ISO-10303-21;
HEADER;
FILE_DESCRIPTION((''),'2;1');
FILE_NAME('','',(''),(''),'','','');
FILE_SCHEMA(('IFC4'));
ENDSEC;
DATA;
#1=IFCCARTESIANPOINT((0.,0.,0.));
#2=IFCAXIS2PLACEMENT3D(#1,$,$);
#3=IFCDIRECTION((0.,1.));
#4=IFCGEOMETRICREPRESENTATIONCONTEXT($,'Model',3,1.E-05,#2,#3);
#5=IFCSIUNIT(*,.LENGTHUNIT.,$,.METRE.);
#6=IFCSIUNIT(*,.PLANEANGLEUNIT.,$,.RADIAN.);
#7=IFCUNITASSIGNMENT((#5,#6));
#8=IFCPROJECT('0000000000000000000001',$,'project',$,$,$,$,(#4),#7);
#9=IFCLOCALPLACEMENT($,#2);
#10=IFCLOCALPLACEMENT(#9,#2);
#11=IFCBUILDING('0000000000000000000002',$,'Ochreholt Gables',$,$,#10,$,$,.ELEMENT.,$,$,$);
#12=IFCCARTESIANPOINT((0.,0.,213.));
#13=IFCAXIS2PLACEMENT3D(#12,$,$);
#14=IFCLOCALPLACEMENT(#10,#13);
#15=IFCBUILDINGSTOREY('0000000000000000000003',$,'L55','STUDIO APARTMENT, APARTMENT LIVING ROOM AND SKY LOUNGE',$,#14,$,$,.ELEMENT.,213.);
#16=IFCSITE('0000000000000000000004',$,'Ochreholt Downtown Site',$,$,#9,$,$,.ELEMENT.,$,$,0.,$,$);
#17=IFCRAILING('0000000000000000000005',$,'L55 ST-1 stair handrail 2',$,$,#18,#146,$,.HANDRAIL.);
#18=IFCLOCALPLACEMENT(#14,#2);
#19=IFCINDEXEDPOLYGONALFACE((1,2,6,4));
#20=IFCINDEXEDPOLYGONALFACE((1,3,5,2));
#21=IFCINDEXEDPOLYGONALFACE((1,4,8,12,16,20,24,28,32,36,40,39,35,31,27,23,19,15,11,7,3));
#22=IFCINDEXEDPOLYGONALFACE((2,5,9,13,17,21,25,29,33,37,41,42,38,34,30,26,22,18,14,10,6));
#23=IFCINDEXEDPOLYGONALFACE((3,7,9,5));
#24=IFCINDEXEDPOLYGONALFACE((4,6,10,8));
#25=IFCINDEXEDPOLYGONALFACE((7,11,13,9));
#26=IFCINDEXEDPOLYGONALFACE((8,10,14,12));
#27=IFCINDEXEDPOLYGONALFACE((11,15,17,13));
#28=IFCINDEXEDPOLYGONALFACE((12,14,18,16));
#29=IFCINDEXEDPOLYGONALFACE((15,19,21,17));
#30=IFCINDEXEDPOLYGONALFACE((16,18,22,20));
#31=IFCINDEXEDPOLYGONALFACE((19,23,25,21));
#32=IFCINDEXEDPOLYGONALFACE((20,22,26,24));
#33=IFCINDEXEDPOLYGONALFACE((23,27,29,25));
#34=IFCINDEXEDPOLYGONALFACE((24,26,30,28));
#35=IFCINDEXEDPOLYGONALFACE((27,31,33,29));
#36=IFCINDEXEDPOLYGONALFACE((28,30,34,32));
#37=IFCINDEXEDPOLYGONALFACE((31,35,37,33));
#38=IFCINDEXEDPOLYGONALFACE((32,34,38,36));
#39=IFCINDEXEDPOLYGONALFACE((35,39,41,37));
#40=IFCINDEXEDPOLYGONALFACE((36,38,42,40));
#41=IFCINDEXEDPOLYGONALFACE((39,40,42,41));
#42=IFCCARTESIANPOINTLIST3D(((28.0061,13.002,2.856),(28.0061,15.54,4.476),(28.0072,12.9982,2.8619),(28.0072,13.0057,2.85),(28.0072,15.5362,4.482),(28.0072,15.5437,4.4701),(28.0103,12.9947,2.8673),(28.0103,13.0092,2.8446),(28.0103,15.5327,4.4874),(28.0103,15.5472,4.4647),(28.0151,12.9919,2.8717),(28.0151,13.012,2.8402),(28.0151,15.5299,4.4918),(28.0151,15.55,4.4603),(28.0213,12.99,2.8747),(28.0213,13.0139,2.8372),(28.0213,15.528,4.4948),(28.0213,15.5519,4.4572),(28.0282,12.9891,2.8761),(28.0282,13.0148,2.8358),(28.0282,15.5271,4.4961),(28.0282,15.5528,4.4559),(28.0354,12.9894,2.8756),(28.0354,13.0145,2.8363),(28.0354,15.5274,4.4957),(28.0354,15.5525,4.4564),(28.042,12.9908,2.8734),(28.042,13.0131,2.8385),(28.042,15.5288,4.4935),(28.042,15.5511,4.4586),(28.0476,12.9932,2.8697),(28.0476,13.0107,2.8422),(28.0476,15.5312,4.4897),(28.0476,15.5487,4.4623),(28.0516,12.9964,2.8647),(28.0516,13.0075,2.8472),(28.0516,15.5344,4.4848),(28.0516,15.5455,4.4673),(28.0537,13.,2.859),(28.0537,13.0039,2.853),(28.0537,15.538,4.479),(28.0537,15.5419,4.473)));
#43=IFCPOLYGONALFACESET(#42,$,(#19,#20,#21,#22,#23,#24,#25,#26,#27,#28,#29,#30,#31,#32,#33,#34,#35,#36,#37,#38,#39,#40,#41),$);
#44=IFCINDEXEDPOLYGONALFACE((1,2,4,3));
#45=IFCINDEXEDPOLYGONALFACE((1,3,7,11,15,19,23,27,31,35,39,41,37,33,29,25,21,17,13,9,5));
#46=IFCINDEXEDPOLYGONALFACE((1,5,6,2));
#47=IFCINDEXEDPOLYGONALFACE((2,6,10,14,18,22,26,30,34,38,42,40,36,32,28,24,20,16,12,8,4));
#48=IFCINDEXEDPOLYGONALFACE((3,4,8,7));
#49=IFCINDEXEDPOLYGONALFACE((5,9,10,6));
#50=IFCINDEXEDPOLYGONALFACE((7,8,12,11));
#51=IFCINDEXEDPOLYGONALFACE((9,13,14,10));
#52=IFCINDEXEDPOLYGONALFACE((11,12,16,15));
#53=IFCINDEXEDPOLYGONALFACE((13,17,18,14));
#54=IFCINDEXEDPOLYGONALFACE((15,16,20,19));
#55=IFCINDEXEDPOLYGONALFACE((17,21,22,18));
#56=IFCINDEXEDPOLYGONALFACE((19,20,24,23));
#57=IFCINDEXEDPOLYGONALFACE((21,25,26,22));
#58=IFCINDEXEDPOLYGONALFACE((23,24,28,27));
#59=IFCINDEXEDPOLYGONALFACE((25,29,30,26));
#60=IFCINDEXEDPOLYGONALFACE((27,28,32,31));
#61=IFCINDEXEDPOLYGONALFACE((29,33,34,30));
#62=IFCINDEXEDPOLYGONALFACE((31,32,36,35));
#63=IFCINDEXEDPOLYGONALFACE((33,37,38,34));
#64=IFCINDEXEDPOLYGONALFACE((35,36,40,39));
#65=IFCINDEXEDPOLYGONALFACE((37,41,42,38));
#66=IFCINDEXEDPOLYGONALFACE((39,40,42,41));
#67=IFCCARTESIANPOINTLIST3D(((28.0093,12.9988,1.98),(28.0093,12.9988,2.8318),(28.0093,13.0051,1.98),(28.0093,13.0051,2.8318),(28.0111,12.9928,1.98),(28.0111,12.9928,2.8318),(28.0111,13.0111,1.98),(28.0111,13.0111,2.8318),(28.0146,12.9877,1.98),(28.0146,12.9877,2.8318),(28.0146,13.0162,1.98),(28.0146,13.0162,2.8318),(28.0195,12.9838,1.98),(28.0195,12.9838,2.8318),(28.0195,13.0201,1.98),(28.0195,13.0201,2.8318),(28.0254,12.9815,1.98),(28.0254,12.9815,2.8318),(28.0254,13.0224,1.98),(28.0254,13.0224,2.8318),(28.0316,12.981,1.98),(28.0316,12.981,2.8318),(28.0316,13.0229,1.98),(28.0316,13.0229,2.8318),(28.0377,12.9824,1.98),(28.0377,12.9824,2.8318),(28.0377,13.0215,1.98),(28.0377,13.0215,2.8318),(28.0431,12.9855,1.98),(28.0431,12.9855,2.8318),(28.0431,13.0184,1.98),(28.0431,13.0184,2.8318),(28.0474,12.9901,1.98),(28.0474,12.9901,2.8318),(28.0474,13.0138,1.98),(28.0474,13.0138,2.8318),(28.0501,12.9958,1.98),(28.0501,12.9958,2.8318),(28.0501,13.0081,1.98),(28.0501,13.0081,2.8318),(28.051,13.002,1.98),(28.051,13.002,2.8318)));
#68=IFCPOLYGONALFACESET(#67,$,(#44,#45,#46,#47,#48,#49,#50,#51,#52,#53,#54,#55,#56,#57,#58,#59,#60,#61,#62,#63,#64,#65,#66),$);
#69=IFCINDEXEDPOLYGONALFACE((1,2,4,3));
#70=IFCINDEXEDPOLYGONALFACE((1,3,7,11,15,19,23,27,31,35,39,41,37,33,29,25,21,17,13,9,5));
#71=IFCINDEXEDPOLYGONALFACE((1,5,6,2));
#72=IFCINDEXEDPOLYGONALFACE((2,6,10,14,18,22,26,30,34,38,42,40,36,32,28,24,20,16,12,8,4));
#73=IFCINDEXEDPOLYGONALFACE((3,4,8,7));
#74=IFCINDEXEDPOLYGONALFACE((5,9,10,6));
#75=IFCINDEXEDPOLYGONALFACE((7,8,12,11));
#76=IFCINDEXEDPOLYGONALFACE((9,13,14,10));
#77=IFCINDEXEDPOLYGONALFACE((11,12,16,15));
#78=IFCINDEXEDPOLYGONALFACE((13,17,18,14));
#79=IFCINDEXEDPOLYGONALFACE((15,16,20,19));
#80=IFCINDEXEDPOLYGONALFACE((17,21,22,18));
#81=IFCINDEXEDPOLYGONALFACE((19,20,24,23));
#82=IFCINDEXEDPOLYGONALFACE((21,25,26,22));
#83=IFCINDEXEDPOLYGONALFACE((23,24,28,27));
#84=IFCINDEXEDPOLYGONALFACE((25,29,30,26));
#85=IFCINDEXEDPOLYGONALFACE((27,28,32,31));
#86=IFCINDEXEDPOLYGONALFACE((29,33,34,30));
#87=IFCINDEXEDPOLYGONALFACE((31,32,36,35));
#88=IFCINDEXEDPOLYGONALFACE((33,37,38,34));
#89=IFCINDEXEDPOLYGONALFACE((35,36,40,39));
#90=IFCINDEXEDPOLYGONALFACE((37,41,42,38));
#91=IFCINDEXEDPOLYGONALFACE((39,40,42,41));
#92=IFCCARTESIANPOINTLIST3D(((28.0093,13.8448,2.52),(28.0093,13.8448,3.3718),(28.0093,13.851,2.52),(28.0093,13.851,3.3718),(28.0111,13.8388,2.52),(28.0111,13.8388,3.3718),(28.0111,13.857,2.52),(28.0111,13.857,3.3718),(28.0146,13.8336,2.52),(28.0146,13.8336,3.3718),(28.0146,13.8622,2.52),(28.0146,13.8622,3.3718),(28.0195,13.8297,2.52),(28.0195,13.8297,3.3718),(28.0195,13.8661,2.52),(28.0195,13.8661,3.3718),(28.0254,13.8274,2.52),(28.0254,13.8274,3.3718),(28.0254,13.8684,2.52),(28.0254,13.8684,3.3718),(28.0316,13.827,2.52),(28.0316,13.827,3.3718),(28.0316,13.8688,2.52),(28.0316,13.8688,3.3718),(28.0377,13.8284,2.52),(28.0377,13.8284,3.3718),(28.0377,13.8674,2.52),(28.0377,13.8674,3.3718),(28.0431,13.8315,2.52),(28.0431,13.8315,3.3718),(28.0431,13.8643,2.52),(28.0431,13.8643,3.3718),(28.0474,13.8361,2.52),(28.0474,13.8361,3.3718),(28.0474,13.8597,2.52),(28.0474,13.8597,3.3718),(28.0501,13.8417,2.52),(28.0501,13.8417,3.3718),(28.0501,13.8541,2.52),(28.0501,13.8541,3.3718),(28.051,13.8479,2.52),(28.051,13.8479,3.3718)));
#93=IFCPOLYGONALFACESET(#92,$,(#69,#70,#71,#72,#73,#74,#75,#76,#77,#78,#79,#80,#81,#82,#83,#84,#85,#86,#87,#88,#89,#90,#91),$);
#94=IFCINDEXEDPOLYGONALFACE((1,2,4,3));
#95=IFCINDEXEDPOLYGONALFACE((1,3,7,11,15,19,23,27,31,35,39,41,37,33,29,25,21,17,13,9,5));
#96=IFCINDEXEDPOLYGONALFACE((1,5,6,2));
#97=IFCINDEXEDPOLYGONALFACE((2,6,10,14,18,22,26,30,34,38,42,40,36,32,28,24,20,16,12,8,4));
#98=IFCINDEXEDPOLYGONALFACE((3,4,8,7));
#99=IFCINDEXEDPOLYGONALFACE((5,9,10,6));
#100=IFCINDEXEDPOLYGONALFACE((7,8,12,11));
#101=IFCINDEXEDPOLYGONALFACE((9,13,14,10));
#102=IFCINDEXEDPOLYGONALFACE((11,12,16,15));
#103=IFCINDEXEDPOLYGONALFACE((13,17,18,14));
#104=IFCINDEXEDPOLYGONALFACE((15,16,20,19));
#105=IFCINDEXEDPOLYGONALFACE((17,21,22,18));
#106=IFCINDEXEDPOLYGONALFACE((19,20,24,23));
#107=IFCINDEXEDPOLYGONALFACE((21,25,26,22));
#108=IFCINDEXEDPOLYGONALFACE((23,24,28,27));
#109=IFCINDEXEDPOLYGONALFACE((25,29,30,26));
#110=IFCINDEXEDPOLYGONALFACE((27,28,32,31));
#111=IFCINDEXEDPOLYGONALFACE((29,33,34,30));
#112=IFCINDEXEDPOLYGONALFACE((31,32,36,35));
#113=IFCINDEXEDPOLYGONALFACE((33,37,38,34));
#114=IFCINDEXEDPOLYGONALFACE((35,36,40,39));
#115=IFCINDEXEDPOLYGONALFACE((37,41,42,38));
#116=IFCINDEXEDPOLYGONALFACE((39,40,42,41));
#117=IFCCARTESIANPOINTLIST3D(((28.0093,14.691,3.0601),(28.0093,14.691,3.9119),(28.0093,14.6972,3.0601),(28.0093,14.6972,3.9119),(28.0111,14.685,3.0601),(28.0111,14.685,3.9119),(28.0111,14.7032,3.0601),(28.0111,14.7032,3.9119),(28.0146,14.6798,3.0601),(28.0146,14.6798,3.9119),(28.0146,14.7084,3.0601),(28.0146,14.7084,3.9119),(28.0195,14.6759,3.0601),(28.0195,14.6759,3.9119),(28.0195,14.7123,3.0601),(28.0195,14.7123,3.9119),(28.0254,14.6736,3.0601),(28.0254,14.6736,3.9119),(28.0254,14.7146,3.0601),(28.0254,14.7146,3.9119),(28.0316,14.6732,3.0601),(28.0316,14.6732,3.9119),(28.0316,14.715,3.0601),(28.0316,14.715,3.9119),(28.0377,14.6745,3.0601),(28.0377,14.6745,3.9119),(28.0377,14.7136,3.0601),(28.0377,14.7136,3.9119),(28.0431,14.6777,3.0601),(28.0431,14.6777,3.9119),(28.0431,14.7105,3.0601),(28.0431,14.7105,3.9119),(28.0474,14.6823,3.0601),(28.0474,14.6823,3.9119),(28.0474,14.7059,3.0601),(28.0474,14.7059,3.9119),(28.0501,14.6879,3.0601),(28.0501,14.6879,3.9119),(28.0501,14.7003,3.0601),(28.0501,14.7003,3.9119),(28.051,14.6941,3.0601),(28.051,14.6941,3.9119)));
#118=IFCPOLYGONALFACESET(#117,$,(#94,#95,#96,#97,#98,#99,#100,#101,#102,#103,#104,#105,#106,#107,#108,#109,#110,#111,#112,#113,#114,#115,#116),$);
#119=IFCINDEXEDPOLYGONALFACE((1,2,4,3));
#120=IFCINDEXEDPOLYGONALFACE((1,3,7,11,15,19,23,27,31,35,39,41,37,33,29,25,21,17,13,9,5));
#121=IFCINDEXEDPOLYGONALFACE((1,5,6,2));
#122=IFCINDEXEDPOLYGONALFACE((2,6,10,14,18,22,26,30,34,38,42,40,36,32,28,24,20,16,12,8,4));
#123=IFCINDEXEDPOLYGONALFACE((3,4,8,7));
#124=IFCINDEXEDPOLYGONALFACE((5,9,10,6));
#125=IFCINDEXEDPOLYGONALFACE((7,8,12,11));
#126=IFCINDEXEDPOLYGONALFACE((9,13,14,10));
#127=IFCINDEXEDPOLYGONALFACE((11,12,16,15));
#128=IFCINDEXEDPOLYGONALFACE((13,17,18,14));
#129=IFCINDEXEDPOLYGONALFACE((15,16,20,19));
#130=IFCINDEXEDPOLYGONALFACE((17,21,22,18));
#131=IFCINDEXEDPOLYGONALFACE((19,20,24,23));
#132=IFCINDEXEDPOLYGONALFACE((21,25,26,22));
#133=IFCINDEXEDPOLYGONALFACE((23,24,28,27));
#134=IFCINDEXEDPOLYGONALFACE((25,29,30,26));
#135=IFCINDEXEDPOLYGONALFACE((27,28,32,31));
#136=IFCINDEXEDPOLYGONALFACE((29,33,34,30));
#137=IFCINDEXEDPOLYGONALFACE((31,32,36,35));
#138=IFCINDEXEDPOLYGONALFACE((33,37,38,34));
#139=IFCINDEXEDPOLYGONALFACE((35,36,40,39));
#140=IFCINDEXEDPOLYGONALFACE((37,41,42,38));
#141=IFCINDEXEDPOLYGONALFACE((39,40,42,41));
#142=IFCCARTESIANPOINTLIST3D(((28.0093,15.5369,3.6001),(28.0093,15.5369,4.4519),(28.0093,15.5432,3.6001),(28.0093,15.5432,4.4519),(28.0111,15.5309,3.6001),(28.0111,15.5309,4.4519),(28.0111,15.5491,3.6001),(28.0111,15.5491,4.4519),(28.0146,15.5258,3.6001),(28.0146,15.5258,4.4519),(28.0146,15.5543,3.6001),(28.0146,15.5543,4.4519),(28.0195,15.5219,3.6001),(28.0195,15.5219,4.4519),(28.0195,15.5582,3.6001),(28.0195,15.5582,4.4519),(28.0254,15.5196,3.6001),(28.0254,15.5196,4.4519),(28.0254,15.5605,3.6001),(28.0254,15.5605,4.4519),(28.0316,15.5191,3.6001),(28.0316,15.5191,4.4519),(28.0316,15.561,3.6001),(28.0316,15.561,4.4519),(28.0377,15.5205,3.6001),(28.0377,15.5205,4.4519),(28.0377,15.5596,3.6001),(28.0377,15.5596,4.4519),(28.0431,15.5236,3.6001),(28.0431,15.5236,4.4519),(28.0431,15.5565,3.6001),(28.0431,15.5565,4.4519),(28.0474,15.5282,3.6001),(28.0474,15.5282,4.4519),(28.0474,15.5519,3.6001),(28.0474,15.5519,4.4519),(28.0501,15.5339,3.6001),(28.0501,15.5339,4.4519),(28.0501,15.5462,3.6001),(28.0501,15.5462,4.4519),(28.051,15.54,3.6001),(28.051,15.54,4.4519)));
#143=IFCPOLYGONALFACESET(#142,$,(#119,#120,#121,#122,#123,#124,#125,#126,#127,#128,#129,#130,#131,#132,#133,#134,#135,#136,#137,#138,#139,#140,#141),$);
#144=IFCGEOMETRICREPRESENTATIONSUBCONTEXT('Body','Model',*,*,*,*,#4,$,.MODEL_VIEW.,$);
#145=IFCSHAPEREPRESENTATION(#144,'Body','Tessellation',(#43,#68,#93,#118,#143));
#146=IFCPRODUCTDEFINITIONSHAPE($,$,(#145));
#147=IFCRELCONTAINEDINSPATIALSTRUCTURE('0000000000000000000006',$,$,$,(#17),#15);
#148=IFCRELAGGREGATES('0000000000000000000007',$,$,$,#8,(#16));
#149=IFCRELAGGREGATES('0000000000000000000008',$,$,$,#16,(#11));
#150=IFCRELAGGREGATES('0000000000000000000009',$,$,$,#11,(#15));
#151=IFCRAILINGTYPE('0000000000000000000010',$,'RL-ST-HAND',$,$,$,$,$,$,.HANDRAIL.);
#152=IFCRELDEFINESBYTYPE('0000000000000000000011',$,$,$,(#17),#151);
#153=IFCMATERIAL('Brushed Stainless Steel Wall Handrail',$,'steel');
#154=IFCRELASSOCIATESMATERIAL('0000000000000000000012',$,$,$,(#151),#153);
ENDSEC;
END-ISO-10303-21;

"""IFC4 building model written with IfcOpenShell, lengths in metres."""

from ifc_helpers import new_model, si_unit, direction, frame, origin, origin_2d, place, context, subcontext, project, spatial, circle, extrude, material, type_object, element, save


model = new_model("IFC4")

# Units and contexts
model_context = context("Model", 3, precision=1e-05, world=origin(), true_north=direction((0.0, 1.0)))
body_context = subcontext(model_context, "Body", "Model", "MODEL_VIEW")
ifc_project = project(units=[si_unit("LENGTHUNIT", "METRE"), si_unit("PLANEANGLEUNIT", "RADIAN")], contexts=[model_context])

# Site, building, storey
site_placement = place(None, origin())
site = spatial("IfcSite", under=ifc_project, at=site_placement, Name="Ochreholt Downtown Site", CompositionType="ELEMENT", RefElevation=0.0)
building_placement = place(site_placement, origin())
building = spatial("IfcBuilding", under=site, at=building_placement, Name="Ochreholt Gables", CompositionType="ELEMENT")
storey_placement = place(building_placement, frame((0.0, 0.0, 213.0)))
storey = spatial("IfcBuildingStorey", under=building, at=storey_placement, Name="L55", Description="STUDIO APARTMENT, APARTMENT LIVING ROOM AND SKY LOUNGE", CompositionType="ELEMENT", Elevation=213.0)

# Railing
ifc_material_1 = material(Name="Brushed Stainless Steel Wall Handrail", Category="steel")
railing_type_1 = type_object("IfcRailingType", Name="RL-ST-HAND", PredefinedType="HANDRAIL", material=ifc_material_1)
railing_1_placement = place(storey_placement, frame((28.03, 13.002, 1.98)))
element("IfcRailing", 1, at=railing_1_placement, inside=storey, type_object=railing_type_1, Name="L55 ST-1 stair handrail 2", PredefinedType="HANDRAIL", context=body_context, shape_type="SweptSolid", body=[
    extrude(circle(Radius=0.0239, at=origin_2d()), frame((0.0, 0.0, 0.876), z_axis=(0.0, 0.842913, 0.53805), x_axis=(-1.0, 0.0, 0.0)), (0.0, 0.0, 1.0), 3.011),
    extrude(circle(Radius=0.021, at=origin_2d()), origin(), (0.0, 0.0, 1.0), 0.8518),
    extrude(circle(Radius=0.021, at=origin_2d()), frame((0.0, 0.8459, 0.54)), (0.0, 0.0, 1.0), 0.8518),
    extrude(circle(Radius=0.021, at=origin_2d()), frame((0.0, 1.6921, 1.0801)), (0.0, 0.0, 1.0), 0.8518),
    extrude(circle(Radius=0.021, at=origin_2d()), frame((0.0, 2.5381, 1.6201)), (0.0, 0.0, 1.0), 0.8518),
])

save(model, "model.ifc")
